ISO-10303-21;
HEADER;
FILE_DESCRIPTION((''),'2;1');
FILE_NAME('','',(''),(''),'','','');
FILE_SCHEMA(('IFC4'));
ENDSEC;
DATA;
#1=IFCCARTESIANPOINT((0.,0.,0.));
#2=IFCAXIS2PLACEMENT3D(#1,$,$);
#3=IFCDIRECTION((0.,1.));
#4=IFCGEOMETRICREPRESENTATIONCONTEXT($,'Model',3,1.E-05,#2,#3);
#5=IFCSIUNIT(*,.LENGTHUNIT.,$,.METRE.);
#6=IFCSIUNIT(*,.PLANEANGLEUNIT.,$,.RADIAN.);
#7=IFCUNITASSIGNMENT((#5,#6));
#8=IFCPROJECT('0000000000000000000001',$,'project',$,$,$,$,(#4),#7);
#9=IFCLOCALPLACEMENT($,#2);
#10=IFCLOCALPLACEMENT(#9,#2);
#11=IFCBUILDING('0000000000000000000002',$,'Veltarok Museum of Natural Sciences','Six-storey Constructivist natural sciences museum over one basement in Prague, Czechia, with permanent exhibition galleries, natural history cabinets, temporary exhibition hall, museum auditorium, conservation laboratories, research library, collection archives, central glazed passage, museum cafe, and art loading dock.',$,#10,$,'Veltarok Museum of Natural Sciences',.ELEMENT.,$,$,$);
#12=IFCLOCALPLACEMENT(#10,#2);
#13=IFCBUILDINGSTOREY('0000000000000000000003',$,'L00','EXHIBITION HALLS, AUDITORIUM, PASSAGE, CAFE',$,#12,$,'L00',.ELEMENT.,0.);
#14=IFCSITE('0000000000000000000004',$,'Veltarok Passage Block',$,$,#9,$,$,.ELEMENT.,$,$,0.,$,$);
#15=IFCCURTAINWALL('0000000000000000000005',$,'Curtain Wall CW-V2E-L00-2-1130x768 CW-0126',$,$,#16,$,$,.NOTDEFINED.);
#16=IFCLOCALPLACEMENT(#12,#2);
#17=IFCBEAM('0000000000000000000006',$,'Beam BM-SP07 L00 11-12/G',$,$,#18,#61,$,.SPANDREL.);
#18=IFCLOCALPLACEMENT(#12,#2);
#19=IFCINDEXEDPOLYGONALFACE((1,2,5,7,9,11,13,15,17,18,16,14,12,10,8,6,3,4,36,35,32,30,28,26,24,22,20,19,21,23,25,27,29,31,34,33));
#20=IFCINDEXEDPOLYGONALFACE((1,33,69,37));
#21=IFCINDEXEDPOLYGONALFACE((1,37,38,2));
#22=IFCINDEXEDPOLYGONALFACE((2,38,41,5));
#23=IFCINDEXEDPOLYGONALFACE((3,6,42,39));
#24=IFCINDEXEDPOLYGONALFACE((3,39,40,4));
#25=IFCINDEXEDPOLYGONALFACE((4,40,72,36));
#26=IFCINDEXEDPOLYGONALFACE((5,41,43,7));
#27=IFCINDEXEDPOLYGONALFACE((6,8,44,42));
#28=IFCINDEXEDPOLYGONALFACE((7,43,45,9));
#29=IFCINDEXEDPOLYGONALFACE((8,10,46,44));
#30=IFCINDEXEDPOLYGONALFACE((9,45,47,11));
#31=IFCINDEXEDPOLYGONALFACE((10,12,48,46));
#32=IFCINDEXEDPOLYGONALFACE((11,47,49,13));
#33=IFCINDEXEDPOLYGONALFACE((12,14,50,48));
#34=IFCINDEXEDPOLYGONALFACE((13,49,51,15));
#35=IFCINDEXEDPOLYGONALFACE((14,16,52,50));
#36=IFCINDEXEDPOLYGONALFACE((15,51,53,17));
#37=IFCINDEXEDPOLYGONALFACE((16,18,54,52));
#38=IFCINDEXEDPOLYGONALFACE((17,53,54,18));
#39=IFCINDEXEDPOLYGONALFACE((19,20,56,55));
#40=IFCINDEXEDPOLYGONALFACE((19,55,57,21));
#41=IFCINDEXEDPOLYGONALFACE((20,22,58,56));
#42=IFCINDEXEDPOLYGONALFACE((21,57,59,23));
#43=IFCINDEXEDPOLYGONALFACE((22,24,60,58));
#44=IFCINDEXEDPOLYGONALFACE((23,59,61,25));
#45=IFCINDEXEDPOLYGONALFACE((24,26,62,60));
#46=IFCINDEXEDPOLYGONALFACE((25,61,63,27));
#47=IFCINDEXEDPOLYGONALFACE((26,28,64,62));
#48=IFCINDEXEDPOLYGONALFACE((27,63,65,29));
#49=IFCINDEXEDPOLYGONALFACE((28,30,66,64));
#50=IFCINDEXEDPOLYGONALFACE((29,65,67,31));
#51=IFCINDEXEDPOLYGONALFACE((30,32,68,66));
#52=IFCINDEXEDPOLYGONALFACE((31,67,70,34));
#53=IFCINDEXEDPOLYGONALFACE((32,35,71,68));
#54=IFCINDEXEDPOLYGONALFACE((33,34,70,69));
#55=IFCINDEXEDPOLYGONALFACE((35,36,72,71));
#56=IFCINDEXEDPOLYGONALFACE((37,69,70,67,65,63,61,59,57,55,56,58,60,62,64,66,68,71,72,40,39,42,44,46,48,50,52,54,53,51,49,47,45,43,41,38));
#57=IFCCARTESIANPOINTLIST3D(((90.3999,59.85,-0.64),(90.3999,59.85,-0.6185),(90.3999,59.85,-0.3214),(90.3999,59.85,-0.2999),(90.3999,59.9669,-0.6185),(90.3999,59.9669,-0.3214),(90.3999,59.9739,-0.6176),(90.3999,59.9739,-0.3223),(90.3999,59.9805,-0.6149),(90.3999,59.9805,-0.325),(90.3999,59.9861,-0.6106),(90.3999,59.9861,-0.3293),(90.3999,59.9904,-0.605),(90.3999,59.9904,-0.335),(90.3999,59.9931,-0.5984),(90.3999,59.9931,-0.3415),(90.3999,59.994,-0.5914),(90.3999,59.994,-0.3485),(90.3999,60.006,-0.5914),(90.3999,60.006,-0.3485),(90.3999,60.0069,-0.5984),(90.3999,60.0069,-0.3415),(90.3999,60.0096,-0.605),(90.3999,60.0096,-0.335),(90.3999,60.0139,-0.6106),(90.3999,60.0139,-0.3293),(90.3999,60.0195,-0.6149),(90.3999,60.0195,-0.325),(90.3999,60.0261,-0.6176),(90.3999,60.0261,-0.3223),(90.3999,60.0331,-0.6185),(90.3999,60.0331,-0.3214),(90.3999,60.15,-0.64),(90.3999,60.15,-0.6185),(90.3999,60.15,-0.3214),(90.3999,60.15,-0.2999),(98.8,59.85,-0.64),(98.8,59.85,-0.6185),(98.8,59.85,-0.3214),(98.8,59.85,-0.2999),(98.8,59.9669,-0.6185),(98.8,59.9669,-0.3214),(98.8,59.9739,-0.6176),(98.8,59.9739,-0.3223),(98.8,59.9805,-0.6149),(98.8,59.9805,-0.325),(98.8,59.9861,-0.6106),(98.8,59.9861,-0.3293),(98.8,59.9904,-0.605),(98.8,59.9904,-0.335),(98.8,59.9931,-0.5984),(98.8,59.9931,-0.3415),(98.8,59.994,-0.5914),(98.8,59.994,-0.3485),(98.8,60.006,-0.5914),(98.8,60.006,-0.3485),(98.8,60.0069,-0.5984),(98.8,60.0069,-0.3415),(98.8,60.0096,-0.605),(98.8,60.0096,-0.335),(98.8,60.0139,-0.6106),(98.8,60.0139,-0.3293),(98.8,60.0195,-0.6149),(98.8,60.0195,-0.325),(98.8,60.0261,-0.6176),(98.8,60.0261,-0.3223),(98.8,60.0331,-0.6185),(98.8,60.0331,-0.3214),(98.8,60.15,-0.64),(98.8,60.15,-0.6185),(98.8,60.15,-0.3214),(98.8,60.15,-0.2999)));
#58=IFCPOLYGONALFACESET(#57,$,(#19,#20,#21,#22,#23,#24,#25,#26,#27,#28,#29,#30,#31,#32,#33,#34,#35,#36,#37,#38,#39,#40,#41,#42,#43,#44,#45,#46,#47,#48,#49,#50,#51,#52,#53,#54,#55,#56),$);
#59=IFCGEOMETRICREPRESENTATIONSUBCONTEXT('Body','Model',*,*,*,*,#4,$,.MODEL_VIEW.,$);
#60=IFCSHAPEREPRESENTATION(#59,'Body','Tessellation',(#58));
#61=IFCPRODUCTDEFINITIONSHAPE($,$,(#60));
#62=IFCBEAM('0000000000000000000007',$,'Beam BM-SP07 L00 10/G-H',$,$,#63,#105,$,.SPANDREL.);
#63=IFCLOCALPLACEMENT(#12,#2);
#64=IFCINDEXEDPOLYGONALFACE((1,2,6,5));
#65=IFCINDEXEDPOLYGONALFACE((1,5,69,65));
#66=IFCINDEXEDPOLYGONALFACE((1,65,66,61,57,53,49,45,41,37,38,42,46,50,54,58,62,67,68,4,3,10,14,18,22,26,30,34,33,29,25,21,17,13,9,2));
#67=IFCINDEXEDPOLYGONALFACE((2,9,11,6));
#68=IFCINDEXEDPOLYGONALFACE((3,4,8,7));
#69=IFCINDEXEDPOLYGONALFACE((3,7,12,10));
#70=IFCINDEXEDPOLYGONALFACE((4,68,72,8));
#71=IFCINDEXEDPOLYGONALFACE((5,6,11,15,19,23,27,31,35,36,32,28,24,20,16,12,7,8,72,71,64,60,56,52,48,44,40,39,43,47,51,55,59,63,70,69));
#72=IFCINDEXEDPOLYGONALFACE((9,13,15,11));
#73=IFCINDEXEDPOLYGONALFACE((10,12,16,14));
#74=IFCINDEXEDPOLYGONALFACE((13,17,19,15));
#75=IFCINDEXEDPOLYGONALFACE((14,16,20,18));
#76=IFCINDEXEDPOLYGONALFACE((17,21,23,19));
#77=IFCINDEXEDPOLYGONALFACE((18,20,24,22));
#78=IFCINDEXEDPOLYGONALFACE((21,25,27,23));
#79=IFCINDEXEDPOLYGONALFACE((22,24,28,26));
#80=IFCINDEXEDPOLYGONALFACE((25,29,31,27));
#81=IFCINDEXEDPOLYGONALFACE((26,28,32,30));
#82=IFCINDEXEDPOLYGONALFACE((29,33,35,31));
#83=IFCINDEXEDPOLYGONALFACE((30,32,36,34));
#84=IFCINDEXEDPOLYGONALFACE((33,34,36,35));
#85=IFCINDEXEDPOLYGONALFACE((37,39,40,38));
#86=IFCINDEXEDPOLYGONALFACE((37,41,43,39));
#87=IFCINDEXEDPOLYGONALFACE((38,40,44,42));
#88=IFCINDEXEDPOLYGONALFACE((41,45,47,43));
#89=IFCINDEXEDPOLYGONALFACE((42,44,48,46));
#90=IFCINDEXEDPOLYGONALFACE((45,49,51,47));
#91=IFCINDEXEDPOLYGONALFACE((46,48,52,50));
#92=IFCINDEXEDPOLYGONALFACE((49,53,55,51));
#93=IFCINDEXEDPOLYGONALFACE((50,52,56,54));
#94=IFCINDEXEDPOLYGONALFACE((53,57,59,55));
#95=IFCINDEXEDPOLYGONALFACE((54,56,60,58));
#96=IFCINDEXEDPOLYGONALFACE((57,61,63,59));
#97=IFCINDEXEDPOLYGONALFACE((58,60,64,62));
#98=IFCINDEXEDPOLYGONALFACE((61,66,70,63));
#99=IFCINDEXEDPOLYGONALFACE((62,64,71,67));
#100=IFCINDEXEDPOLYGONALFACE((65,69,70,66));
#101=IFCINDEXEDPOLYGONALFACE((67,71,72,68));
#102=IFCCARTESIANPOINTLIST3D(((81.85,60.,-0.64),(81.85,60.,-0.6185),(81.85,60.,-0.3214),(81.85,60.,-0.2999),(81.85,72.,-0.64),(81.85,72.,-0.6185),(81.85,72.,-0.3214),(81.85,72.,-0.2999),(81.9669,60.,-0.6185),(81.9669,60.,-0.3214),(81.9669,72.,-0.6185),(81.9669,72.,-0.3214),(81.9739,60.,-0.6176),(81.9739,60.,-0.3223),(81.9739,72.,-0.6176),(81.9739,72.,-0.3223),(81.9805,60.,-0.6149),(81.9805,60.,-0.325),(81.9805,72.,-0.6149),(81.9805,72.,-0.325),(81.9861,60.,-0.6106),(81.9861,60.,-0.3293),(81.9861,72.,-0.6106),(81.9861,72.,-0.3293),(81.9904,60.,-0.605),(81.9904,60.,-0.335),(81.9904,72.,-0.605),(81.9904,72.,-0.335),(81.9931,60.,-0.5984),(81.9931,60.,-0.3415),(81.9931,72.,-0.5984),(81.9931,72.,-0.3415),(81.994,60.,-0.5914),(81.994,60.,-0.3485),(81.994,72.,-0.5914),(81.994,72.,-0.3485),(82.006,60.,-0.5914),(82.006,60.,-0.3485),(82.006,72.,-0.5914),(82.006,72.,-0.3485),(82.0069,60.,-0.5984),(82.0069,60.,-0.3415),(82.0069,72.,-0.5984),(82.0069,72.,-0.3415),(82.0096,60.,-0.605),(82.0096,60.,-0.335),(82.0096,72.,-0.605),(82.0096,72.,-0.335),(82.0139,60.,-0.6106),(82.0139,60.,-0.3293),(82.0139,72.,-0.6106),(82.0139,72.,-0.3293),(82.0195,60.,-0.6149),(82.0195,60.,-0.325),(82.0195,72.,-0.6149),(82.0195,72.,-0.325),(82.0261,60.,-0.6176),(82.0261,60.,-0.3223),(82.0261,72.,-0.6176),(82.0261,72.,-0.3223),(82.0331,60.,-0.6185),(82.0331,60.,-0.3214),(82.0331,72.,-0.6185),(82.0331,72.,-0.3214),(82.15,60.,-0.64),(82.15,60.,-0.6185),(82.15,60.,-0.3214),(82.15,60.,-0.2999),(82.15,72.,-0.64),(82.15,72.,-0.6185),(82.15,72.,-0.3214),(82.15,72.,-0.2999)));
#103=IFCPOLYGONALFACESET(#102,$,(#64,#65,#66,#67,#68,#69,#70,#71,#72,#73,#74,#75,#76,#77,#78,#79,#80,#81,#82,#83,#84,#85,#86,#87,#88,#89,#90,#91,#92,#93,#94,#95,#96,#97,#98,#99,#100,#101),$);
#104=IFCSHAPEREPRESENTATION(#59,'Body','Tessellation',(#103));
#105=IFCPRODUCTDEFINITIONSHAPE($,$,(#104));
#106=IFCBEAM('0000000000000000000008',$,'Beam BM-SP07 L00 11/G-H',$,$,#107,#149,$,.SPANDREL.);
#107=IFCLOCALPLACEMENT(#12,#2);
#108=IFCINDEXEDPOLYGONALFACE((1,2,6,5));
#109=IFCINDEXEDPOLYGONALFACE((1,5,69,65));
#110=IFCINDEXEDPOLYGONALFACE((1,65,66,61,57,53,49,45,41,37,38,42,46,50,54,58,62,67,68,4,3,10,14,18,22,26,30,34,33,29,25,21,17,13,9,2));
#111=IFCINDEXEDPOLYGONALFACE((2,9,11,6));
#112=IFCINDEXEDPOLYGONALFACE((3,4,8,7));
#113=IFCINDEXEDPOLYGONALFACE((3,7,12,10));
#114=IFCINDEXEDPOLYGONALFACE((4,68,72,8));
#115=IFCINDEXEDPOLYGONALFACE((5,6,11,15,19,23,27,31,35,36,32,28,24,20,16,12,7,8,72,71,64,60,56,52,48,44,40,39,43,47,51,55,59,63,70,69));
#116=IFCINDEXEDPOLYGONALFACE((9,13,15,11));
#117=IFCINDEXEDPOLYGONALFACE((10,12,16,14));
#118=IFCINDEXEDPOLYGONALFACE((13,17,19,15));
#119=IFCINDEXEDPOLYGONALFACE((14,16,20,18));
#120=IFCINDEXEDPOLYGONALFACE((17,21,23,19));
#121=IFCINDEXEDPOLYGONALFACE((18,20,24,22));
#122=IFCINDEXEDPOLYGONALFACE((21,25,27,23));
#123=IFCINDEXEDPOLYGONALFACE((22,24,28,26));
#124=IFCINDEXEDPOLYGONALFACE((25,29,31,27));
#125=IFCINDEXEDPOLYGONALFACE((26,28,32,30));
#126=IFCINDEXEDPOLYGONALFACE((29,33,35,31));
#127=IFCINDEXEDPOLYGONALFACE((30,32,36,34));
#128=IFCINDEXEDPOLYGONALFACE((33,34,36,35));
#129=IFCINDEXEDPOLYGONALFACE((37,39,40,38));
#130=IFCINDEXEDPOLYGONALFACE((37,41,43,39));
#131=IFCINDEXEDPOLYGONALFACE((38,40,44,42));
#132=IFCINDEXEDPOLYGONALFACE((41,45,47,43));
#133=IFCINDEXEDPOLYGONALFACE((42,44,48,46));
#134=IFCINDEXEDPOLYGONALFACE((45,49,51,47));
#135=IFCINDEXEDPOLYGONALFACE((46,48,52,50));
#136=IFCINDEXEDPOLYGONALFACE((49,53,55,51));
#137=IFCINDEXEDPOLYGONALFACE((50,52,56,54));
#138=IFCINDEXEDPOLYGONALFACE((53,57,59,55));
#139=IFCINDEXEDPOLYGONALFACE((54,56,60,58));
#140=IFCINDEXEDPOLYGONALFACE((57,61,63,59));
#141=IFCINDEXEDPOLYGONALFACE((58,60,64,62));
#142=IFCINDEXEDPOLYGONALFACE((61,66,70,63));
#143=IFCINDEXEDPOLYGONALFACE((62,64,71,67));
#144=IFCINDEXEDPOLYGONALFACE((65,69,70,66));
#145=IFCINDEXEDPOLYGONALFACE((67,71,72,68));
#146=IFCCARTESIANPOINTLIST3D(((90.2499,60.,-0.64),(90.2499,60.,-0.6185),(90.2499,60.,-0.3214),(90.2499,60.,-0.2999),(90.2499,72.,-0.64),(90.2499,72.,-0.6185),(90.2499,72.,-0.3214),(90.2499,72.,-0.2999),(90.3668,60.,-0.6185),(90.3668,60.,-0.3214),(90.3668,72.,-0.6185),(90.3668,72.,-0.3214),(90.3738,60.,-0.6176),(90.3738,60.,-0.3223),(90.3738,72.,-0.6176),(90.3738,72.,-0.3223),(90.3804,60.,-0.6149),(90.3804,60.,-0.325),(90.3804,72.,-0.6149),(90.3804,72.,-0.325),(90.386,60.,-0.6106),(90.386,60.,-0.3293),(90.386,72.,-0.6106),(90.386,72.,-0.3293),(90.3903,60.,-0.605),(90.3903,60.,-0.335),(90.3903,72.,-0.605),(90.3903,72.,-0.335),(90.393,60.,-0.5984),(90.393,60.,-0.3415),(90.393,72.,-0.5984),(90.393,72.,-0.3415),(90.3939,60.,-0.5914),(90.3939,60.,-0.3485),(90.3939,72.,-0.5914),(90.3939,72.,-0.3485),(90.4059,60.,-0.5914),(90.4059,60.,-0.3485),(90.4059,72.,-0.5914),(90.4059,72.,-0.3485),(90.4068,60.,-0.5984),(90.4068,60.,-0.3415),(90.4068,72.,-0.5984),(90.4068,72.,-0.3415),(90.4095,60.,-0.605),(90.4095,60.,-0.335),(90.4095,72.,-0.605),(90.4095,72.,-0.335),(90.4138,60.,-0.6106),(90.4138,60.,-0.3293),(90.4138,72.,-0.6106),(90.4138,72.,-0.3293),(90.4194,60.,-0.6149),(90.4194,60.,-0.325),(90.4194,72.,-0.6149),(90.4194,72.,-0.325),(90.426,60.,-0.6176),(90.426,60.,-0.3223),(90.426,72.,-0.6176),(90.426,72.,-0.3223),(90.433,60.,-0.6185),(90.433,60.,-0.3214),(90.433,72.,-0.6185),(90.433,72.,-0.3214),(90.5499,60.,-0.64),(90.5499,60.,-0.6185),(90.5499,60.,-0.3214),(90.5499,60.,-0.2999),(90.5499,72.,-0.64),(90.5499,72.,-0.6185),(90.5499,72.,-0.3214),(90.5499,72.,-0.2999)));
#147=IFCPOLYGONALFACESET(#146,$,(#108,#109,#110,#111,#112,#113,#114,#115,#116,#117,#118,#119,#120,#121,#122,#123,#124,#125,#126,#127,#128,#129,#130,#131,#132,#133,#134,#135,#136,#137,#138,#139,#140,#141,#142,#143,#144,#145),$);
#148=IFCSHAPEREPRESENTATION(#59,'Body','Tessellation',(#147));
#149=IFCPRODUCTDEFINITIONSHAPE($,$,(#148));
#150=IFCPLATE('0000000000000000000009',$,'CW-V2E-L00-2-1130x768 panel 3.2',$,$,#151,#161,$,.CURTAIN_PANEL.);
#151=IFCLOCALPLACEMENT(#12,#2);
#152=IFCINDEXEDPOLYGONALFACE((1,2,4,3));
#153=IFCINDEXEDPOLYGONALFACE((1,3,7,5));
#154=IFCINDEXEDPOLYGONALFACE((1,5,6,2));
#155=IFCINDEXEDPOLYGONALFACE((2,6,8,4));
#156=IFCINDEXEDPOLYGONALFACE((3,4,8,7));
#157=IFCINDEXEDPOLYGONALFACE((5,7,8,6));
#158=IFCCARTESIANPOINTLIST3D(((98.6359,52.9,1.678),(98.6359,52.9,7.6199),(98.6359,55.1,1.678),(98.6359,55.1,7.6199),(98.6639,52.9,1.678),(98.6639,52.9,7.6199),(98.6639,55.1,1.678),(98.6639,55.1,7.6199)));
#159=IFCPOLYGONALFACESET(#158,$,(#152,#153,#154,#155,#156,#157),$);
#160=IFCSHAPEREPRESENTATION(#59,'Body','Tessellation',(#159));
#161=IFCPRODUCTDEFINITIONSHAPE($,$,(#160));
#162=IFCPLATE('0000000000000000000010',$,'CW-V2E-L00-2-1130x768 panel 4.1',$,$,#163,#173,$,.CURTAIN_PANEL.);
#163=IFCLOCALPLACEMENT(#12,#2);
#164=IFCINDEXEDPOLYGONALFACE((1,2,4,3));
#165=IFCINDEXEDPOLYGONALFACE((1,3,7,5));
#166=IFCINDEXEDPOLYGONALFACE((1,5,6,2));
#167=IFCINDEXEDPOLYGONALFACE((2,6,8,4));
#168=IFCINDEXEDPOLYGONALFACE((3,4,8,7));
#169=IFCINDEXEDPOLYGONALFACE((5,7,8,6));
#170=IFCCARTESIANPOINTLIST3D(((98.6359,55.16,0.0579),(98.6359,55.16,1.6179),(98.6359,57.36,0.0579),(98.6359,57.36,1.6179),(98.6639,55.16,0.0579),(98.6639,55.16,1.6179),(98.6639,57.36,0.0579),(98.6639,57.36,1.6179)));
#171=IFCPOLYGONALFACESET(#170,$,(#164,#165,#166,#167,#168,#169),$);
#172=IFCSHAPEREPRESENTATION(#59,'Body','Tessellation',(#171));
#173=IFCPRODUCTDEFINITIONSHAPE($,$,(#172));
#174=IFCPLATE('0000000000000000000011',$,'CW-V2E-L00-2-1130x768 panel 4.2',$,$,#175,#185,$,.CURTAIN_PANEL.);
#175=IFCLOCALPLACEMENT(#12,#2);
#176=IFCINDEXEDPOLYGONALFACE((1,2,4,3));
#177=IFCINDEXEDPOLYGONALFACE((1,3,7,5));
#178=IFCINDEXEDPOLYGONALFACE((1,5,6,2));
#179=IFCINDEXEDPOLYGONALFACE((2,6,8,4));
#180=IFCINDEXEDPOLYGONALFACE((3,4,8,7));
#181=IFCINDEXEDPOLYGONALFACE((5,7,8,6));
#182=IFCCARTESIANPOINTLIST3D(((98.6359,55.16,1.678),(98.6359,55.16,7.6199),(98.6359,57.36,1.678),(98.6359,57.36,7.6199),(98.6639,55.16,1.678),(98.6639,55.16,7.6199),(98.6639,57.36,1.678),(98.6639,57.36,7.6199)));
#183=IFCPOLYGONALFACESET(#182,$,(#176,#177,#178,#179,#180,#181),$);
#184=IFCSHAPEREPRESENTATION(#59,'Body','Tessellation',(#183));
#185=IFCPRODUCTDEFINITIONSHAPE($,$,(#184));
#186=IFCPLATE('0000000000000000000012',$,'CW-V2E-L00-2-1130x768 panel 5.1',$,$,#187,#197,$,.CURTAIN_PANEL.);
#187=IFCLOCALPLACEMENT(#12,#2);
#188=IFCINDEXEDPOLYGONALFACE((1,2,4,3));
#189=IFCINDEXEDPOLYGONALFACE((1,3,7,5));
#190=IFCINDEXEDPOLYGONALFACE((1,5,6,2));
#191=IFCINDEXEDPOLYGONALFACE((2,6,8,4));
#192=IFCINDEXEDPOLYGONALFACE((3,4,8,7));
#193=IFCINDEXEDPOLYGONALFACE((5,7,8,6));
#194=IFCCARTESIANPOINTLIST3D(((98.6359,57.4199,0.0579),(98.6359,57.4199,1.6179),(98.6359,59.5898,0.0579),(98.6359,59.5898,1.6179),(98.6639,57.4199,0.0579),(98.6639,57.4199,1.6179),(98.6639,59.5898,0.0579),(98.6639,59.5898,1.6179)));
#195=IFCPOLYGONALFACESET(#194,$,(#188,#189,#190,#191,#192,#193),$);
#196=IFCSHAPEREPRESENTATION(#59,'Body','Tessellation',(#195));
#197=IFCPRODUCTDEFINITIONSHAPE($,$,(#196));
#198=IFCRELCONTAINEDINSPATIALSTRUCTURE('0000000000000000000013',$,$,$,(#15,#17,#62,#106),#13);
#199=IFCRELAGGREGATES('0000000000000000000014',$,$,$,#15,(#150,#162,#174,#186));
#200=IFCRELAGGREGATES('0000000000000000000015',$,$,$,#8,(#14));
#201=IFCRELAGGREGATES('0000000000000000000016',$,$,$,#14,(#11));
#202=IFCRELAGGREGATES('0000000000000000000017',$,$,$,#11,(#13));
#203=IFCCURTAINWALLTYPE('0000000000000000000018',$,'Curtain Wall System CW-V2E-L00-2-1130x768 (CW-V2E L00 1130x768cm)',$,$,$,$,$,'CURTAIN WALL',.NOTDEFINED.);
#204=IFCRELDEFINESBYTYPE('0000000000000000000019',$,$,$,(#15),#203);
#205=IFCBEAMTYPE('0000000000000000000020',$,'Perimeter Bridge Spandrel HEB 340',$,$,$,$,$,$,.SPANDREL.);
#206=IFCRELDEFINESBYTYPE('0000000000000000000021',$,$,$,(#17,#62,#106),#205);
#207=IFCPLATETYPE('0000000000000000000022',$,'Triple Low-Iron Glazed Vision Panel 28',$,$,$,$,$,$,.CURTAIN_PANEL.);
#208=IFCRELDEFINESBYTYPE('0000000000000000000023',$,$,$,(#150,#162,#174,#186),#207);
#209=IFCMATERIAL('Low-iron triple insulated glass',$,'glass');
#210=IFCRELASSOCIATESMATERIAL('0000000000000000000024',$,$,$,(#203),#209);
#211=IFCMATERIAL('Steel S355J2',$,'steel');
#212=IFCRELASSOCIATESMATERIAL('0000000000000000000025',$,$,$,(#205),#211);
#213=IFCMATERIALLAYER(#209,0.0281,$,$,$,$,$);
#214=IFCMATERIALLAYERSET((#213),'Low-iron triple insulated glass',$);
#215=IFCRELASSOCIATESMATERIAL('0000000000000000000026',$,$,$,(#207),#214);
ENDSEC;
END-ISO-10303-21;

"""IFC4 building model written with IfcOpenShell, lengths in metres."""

from ifc_helpers import new_model, si_unit, direction, frame, origin, origin_2d, place, context, subcontext, project, spatial, rectangle, i_section, extrude, material, layer, layer_set, material_profile, profile_set, type_object, element, aggregate, save


model = new_model("IFC4")

# Units and contexts
model_context = context("Model", 3, precision=1e-05, world=origin(), true_north=direction((0.0, 1.0)))
body_context = subcontext(model_context, "Body", "Model", "MODEL_VIEW")
ifc_project = project(units=[si_unit("LENGTHUNIT", "METRE"), si_unit("PLANEANGLEUNIT", "RADIAN")], contexts=[model_context])

# Site, building, storey
site_placement = place(None, origin())
site = spatial("IfcSite", under=ifc_project, at=site_placement, Name="Veltarok Passage Block", CompositionType="ELEMENT", RefElevation=0.0)
building_placement = place(site_placement, origin())
building = spatial("IfcBuilding", under=site, at=building_placement, Name="Veltarok Museum of Natural Sciences", Description="Six-storey Constructivist natural sciences museum over one basement in Prague, Czechia, with permanent exhibition galleries, natural history cabinets, temporary exhibition hall, museum auditorium, conservation laboratories, research library, collection archives, central glazed passage, museum cafe, and art loading dock.", LongName="Veltarok Museum of Natural Sciences", CompositionType="ELEMENT")
storey_placement = place(building_placement, origin())
storey = spatial("IfcBuildingStorey", under=building, at=storey_placement, Name="L00", Description="EXHIBITION HALLS, AUDITORIUM, PASSAGE, CAFE", LongName="L00", CompositionType="ELEMENT", Elevation=0.0)

# Shared definitions
ifc_material_1 = material(Name="Steel S355J2", Category="steel")

# Curtain wall
ifc_material_2 = material(Name="Low-iron triple insulated glass", Category="glass")
curtain_wall_type_1 = type_object("IfcCurtainWallType", Name="Curtain Wall System CW-V2E-L00-2-1130x768 (CW-V2E L00 1130x768cm)", ElementType="CURTAIN WALL", PredefinedType="NOTDEFINED", material=ifc_material_2)
curtain_wall_1_placement = place(storey_placement, origin())
curtain_wall_1 = element("IfcCurtainWall", 1, at=curtain_wall_1_placement, inside=storey, type_object=curtain_wall_type_1, Name="Curtain Wall CW-V2E-L00-2-1130x768 CW-0126", PredefinedType="NOTDEFINED")

# Beams
ifc_material_profile_1 = material_profile(ifc_material_1, i_section(OverallWidth=0.3, OverallDepth=0.3401, WebThickness=0.012, FlangeThickness=0.0215, FilletRadius=0.0271, at=origin_2d()), Name="HEB 340")
ifc_profile_set_1 = profile_set([ifc_material_profile_1], Name="Steel S355J2")
beam_type_1 = type_object("IfcBeamType", Name="Perimeter Bridge Spandrel HEB 340", PredefinedType="SPANDREL", material=ifc_profile_set_1)
beam_1_placement = place(storey_placement, frame((90.3999, 60.0, -0.47), z_axis=(1.0, 0.0, 0.0), x_axis=(0.0, 1.0, 0.0)))
element("IfcBeam", 2, at=beam_1_placement, inside=storey, type_object=beam_type_1, Name="Beam BM-SP07 L00 11-12/G", PredefinedType="SPANDREL", context=body_context, shape_type="SweptSolid", body=[
    extrude(i_section(OverallWidth=0.3, OverallDepth=0.3401, WebThickness=0.012, FlangeThickness=0.0215, FilletRadius=0.0271, at=origin_2d()), origin(), (0.0, 0.0, 1.0), 8.4001),
])
for number, where, z_axis, x_axis, name in (
    (3, (82.0, 60.0, -0.47), (0.0, 1.0, 0.0), (-1.0, 0.0, 0.0), "Beam BM-SP07 L00 10/G-H"),
    (4, (90.3999, 60.0, -0.47), (0.0, 1.0, 0.0), (-1.0, 0.0, 0.0), "Beam BM-SP07 L00 11/G-H"),
):
    element("IfcBeam", number, at=place(storey_placement, frame(where, z_axis=z_axis, x_axis=x_axis)), inside=storey, type_object=beam_type_1, Name=name, PredefinedType="SPANDREL", context=body_context, shape_type="SweptSolid", body=[
        extrude(i_section(OverallWidth=0.3, OverallDepth=0.3401, WebThickness=0.012, FlangeThickness=0.0215, FilletRadius=0.0271, at=origin_2d()), origin(), (0.0, 0.0, 1.0), 12.0),
    ])

# Plates
ifc_layer = layer(ifc_material_2, 0.0281)
ifc_layer_set = layer_set([ifc_layer], Name="Low-iron triple insulated glass")
plate_type = type_object("IfcPlateType", Name="Triple Low-Iron Glazed Vision Panel 28", PredefinedType="CURTAIN_PANEL", material=ifc_layer_set)
plate_1_placement = place(storey_placement, frame((98.6499, 54.0, 1.678), z_axis=(0.0, 0.0, 1.0), x_axis=(0.0, 1.0, 0.0)))
plate_1 = element("IfcPlate", 5, at=plate_1_placement, type_object=plate_type, Name="CW-V2E-L00-2-1130x768 panel 3.2", PredefinedType="CURTAIN_PANEL", context=body_context, shape_type="SweptSolid", body=[
    extrude(rectangle(XDim=2.2, YDim=0.0281, at=origin_2d()), origin(), (0.0, 0.0, 1.0), 5.9419),
])
plate_2_placement = place(storey_placement, frame((98.6499, 56.26, 0.0579), z_axis=(0.0, 0.0, 1.0), x_axis=(0.0, 1.0, 0.0)))
plate_2 = element("IfcPlate", 6, at=plate_2_placement, type_object=plate_type, Name="CW-V2E-L00-2-1130x768 panel 4.1", PredefinedType="CURTAIN_PANEL", context=body_context, shape_type="SweptSolid", body=[
    extrude(rectangle(XDim=2.2, YDim=0.0281, at=origin_2d()), origin(), (0.0, 0.0, 1.0), 1.5601),
])
plate_3_placement = place(storey_placement, frame((98.6499, 56.26, 1.678), z_axis=(0.0, 0.0, 1.0), x_axis=(0.0, 1.0, 0.0)))
plate_3 = element("IfcPlate", 7, at=plate_3_placement, type_object=plate_type, Name="CW-V2E-L00-2-1130x768 panel 4.2", PredefinedType="CURTAIN_PANEL", context=body_context, shape_type="SweptSolid", body=[
    extrude(rectangle(XDim=2.2, YDim=0.0281, at=origin_2d()), origin(), (0.0, 0.0, 1.0), 5.9419),
])
plate_4_placement = place(storey_placement, frame((98.6499, 58.5049, 0.0579), z_axis=(0.0, 0.0, 1.0), x_axis=(0.0, 1.0, 0.0)))
plate_4 = element("IfcPlate", 8, at=plate_4_placement, type_object=plate_type, Name="CW-V2E-L00-2-1130x768 panel 5.1", PredefinedType="CURTAIN_PANEL", context=body_context, shape_type="SweptSolid", body=[
    extrude(rectangle(XDim=2.1699, YDim=0.0281, at=origin_2d()), origin(), (0.0, 0.0, 1.0), 1.5601),
])
aggregate(curtain_wall_1, [plate_1, plate_2, plate_3, plate_4])

save(model, "model.ifc")
